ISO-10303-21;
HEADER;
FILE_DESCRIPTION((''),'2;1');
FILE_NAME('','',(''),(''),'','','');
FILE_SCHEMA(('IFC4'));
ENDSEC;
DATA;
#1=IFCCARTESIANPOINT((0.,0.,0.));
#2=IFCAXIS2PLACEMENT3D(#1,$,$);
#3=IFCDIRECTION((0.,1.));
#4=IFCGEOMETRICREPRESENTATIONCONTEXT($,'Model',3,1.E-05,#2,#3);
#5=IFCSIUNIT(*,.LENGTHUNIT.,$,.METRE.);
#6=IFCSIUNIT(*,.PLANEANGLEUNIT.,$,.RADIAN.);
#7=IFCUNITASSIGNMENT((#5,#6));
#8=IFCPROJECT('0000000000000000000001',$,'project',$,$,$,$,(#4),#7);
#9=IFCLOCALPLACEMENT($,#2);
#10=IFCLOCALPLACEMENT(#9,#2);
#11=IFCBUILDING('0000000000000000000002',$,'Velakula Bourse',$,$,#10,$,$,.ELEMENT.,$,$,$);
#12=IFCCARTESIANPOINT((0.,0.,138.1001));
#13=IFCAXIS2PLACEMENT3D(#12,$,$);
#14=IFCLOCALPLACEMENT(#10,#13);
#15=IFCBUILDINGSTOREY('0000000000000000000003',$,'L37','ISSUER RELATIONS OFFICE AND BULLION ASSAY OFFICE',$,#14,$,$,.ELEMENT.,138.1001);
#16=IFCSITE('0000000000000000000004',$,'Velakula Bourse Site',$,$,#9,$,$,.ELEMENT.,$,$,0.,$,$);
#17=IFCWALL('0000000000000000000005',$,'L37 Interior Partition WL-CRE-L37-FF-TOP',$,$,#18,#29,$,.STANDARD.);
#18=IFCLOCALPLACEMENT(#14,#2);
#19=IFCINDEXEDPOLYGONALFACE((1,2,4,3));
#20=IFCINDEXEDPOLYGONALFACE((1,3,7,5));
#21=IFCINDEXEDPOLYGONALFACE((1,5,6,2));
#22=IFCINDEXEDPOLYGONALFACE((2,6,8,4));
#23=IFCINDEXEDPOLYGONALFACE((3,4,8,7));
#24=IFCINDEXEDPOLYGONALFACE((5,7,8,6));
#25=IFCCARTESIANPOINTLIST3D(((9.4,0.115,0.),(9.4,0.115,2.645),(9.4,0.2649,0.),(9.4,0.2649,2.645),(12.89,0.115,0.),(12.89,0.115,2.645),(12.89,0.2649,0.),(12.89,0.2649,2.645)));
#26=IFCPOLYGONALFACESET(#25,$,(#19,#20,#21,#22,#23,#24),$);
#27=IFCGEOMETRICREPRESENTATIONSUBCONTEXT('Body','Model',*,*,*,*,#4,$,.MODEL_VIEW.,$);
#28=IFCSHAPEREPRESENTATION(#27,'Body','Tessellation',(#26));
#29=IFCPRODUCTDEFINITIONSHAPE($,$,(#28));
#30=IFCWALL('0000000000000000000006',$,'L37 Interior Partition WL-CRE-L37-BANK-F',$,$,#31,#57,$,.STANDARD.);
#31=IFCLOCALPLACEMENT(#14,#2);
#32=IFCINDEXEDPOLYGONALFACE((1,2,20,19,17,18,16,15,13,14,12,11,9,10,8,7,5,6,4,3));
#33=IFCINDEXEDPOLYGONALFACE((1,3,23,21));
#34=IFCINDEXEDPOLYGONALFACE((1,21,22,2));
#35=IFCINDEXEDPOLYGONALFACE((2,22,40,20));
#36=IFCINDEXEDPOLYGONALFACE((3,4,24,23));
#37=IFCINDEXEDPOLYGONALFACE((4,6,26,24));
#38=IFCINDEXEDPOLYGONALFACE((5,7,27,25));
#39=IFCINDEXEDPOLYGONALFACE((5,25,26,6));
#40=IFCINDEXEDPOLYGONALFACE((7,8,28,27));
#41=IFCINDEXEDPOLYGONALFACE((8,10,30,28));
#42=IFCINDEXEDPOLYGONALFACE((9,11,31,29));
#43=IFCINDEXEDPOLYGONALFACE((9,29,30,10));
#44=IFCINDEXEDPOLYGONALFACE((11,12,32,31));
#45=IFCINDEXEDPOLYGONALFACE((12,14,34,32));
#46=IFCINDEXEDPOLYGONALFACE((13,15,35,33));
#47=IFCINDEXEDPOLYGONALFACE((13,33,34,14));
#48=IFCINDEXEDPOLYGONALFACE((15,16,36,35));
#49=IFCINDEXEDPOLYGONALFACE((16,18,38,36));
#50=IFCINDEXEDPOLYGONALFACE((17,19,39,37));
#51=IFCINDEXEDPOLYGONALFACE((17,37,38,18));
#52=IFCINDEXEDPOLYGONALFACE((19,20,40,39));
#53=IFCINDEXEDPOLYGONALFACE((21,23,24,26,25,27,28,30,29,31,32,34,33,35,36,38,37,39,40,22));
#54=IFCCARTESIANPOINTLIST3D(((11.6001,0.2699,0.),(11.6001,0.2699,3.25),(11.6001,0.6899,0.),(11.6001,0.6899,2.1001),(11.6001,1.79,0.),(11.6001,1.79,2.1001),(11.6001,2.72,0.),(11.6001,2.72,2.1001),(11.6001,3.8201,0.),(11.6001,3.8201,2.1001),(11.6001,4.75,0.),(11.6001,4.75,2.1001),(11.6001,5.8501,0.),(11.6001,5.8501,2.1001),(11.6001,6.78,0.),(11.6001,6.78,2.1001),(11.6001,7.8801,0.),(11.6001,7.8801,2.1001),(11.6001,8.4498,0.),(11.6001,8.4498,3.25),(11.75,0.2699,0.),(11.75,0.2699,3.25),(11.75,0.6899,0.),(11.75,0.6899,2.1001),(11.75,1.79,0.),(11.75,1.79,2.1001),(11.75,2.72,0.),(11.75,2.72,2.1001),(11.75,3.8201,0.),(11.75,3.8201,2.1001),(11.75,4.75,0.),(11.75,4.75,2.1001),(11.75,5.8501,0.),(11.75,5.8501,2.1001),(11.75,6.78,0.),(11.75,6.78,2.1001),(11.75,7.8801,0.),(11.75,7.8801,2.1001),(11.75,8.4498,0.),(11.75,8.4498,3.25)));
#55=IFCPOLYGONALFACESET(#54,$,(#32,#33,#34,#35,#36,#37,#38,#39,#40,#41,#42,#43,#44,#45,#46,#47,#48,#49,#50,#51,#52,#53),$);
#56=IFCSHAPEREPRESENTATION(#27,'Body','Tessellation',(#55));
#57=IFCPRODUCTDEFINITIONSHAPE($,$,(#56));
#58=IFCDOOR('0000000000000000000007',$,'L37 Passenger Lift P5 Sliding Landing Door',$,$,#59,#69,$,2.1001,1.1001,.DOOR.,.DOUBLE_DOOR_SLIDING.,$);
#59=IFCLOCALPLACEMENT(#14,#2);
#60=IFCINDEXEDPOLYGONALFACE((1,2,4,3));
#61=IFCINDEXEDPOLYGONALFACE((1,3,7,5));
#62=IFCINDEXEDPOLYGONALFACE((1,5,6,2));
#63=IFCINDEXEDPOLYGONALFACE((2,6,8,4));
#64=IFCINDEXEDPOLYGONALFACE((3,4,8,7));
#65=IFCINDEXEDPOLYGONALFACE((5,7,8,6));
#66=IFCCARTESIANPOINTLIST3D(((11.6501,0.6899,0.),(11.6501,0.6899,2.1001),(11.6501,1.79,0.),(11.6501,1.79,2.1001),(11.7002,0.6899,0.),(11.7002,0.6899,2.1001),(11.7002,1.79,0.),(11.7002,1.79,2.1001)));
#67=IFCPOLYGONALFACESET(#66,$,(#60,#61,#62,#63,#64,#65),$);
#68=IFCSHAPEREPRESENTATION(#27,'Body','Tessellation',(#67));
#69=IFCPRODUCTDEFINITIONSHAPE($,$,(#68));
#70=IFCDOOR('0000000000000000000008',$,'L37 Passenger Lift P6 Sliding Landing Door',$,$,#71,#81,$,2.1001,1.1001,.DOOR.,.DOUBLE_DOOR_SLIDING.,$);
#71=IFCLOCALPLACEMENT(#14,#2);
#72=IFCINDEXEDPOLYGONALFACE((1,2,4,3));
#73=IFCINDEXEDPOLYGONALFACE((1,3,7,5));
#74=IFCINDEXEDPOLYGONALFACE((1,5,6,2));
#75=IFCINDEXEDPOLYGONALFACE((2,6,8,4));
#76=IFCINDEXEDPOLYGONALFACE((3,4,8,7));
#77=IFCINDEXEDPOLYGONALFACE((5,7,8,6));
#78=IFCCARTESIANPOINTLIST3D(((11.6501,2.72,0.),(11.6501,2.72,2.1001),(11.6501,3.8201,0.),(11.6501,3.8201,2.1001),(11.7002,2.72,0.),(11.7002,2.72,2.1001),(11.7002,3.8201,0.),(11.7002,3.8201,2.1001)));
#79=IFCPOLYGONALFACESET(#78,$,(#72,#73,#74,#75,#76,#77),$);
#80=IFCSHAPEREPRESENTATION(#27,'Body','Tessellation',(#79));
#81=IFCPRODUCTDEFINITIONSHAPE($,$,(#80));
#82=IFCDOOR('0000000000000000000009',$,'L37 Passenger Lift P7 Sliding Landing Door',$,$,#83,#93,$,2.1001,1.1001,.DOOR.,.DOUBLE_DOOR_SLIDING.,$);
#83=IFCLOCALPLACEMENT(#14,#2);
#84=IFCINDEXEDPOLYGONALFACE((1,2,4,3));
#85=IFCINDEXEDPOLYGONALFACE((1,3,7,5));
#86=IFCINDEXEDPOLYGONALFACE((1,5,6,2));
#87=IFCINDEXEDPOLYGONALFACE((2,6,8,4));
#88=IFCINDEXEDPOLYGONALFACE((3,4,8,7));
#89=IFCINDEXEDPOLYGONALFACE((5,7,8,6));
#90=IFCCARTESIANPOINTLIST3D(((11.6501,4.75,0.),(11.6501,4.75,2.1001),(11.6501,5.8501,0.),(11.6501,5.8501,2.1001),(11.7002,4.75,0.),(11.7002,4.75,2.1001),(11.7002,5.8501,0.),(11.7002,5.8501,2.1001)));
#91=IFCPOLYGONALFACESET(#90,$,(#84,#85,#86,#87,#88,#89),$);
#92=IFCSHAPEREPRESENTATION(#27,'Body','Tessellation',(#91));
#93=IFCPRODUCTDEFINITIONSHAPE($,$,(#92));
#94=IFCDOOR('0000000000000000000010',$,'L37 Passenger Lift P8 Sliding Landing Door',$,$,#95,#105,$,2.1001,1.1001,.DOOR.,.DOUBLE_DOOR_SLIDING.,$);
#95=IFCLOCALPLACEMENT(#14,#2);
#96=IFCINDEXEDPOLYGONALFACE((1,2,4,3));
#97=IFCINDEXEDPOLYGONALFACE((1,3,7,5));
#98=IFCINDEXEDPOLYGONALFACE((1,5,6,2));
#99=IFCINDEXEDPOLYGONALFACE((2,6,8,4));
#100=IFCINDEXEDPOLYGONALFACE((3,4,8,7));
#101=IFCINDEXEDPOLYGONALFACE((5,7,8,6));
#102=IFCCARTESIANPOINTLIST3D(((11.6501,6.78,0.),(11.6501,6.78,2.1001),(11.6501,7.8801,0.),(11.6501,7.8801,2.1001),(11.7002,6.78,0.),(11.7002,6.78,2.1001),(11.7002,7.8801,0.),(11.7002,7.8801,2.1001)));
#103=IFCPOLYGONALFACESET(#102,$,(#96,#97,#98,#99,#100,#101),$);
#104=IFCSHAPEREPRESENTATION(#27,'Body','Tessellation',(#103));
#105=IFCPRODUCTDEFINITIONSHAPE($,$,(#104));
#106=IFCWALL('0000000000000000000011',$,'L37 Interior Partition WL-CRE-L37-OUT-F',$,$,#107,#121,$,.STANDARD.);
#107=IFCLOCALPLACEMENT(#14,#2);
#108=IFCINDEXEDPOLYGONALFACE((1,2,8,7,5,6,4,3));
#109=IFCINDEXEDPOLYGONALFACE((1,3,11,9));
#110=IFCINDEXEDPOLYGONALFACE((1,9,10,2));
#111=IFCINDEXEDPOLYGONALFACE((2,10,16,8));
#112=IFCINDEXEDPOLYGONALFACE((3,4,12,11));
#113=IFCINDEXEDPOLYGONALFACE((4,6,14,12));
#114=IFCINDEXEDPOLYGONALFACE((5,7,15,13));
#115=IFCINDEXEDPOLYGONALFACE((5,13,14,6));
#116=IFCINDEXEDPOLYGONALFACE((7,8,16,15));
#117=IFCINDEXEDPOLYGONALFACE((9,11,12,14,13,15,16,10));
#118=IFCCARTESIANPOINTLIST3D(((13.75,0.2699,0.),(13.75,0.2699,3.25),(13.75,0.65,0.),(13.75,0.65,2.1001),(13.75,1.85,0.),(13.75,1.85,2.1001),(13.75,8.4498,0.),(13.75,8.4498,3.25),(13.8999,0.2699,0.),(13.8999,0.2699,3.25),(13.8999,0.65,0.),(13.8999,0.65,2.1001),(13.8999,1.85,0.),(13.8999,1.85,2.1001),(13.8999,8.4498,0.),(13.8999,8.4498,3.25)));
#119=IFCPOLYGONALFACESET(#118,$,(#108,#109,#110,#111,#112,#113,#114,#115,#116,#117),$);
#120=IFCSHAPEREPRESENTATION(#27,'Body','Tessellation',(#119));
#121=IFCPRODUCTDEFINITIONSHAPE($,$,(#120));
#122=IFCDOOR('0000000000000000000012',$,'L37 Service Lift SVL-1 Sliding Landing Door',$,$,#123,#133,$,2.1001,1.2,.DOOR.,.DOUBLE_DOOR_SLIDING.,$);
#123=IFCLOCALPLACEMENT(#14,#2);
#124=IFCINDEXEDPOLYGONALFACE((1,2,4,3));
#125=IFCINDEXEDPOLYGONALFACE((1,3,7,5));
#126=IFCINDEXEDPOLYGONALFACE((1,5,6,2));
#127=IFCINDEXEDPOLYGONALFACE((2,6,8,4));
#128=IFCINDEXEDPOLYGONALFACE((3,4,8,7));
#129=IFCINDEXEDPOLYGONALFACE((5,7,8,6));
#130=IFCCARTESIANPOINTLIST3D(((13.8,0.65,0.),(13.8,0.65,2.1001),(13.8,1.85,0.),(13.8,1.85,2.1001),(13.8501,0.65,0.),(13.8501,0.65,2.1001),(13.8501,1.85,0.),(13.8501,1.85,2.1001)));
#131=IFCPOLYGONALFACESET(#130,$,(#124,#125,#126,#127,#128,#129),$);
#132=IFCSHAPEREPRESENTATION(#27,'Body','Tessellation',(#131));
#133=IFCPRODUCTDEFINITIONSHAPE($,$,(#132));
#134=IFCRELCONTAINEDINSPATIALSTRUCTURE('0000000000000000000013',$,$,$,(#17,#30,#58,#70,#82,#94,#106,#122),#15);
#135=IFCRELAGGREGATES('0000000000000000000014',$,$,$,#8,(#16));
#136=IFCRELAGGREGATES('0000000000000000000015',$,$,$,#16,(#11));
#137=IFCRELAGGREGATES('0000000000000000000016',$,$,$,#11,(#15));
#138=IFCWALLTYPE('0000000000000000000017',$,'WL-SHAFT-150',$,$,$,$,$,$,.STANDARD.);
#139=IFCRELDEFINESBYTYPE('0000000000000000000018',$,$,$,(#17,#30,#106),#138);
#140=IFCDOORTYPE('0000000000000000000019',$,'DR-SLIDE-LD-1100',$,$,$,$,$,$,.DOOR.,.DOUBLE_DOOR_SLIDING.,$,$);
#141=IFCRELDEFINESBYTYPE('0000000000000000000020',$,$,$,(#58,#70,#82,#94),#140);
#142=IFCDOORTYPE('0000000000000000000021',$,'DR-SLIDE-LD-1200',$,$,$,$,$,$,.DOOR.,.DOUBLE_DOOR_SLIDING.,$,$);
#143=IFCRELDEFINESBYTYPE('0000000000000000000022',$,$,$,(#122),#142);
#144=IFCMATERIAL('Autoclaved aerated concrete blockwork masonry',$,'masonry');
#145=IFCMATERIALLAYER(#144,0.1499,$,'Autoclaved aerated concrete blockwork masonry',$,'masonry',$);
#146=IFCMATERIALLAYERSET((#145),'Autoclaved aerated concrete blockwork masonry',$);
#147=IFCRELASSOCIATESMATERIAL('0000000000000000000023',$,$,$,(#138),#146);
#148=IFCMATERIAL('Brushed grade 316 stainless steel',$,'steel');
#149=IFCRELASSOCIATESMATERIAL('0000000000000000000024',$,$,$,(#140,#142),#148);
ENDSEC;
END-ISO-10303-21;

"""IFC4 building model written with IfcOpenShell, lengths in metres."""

from ifc_helpers import new_model, si_unit, direction, frame, frame_2d, origin, place, context, subcontext, project, spatial, rectangle, extrude, material, layer, layer_set, type_object, element, fill, save


model = new_model("IFC4")

# Units and contexts
model_context = context("Model", 3, precision=1e-05, world=origin(), true_north=direction((0.0, 1.0)))
body_context = subcontext(model_context, "Body", "Model", "MODEL_VIEW")
ifc_project = project(units=[si_unit("LENGTHUNIT", "METRE"), si_unit("PLANEANGLEUNIT", "RADIAN")], contexts=[model_context])

# Site, building, storey
site_placement = place(None, origin())
site = spatial("IfcSite", under=ifc_project, at=site_placement, Name="Velakula Bourse Site", CompositionType="ELEMENT", RefElevation=0.0)
building_placement = place(site_placement, origin())
building = spatial("IfcBuilding", under=site, at=building_placement, Name="Velakula Bourse", CompositionType="ELEMENT")
storey_placement = place(building_placement, frame((0.0, 0.0, 138.1001)))
storey = spatial("IfcBuildingStorey", under=building, at=storey_placement, Name="L37", Description="ISSUER RELATIONS OFFICE AND BULLION ASSAY OFFICE", CompositionType="ELEMENT", Elevation=138.1001)

# Wall
ifc_material_1 = material(Name="Autoclaved aerated concrete blockwork masonry", Category="masonry")
ifc_layer_1 = layer(ifc_material_1, 0.1499, Name="Autoclaved aerated concrete blockwork masonry", Category="masonry")
ifc_layer_set_1 = layer_set([ifc_layer_1], Name="Autoclaved aerated concrete blockwork masonry")
wall_type_1 = type_object("IfcWallType", Name="WL-SHAFT-150", PredefinedType="STANDARD", material=ifc_layer_set_1)
wall_1_placement = place(storey_placement, frame((9.3999, 0.1899, 0.0), z_axis=(0.0, 0.0, 1.0), x_axis=(1.0, 0.0, 0.0)))
element("IfcWall", 1, at=wall_1_placement, inside=storey, type_object=wall_type_1, Name="L37 Interior Partition WL-CRE-L37-FF-TOP", PredefinedType="STANDARD", context=body_context, shape_type="SweptSolid", body=[
    extrude(rectangle(XDim=3.49, YDim=0.1499, at=frame_2d((1.7451, 0.0))), origin(), (0.0, 0.0, 1.0), 2.645),
])

# Wall, openings, doors
wall_2_placement = place(storey_placement, frame((11.675, 0.27, 0.0), z_axis=(0.0, 0.0, 1.0), x_axis=(0.0, 1.0, 0.0)))
wall_2 = element("IfcWall", 2, at=wall_2_placement, inside=storey, type_object=wall_type_1, Name="L37 Interior Partition WL-CRE-L37-BANK-F", PredefinedType="STANDARD", context=body_context, shape_type="SweptSolid", body=[
    extrude(rectangle(XDim=8.1799, YDim=0.1499, at=frame_2d((4.0898, 0.0))), origin(), (0.0, 0.0, 1.0), 3.25),
])
opening_1_placement = place(wall_2_placement, frame((0.4199, 0.0, 0.0)))
opening_1 = element("IfcOpeningElement", 3, at=opening_1_placement, cuts=wall_2, PredefinedType="OPENING", context=body_context, shape_type="SweptSolid", body=[
    extrude(rectangle(XDim=1.1001, YDim=2.1001, at=frame_2d((0.55, 1.05))), frame((0.0, 0.085, 0.0), z_axis=(0.0, -1.0, 0.0), x_axis=(1.0, 0.0, 0.0)), (0.0, 0.0, 1.0), 0.1699),
])
opening_2_placement = place(wall_2_placement, frame((2.45, 0.0, 0.0)))
opening_2 = element("IfcOpeningElement", 4, at=opening_2_placement, cuts=wall_2, PredefinedType="OPENING", context=body_context, shape_type="SweptSolid", body=[
    extrude(rectangle(XDim=1.1001, YDim=2.1001, at=frame_2d((0.55, 1.05))), frame((0.0, 0.085, 0.0), z_axis=(0.0, -1.0, 0.0), x_axis=(1.0, 0.0, 0.0)), (0.0, 0.0, 1.0), 0.1699),
])
opening_3_placement = place(wall_2_placement, frame((4.48, 0.0, 0.0)))
opening_3 = element("IfcOpeningElement", 5, at=opening_3_placement, cuts=wall_2, PredefinedType="OPENING", context=body_context, shape_type="SweptSolid", body=[
    extrude(rectangle(XDim=1.1001, YDim=2.1001, at=frame_2d((0.55, 1.05))), frame((0.0, 0.085, 0.0), z_axis=(0.0, -1.0, 0.0), x_axis=(1.0, 0.0, 0.0)), (0.0, 0.0, 1.0), 0.1699),
])
opening_4_placement = place(wall_2_placement, frame((6.51, 0.0, 0.0)))
opening_4 = element("IfcOpeningElement", 6, at=opening_4_placement, cuts=wall_2, PredefinedType="OPENING", context=body_context, shape_type="SweptSolid", body=[
    extrude(rectangle(XDim=1.1001, YDim=2.1001, at=frame_2d((0.55, 1.05))), frame((0.0, 0.085, 0.0), z_axis=(0.0, -1.0, 0.0), x_axis=(1.0, 0.0, 0.0)), (0.0, 0.0, 1.0), 0.1699),
])
ifc_material_2 = material(Name="Brushed grade 316 stainless steel", Category="steel")
door_type_1 = type_object("IfcDoorType", Name="DR-SLIDE-LD-1100", OperationType="DOUBLE_DOOR_SLIDING", PredefinedType="DOOR", material=ifc_material_2)
door_1_placement = place(opening_1_placement, origin())
door_1 = element("IfcDoor", 7, at=door_1_placement, inside=storey, type_object=door_type_1, Name="L37 Passenger Lift P5 Sliding Landing Door", OperationType="DOUBLE_DOOR_SLIDING", OverallHeight=2.1001, OverallWidth=1.1001, PredefinedType="DOOR", context=body_context, shape_type="SweptSolid", body=[
    extrude(rectangle(XDim=1.1001, YDim=2.1001, at=frame_2d((0.55, 1.05))), frame((0.0, 0.0249, 0.0), z_axis=(0.0, -1.0, 0.0), x_axis=(1.0, 0.0, 0.0)), (0.0, 0.0, 1.0), 0.05),
])
fill(opening_1, door_1)
door_2_placement = place(opening_2_placement, origin())
door_2 = element("IfcDoor", 8, at=door_2_placement, inside=storey, type_object=door_type_1, Name="L37 Passenger Lift P6 Sliding Landing Door", OperationType="DOUBLE_DOOR_SLIDING", OverallHeight=2.1001, OverallWidth=1.1001, PredefinedType="DOOR", context=body_context, shape_type="SweptSolid", body=[
    extrude(rectangle(XDim=1.1001, YDim=2.1001, at=frame_2d((0.55, 1.05))), frame((0.0, 0.0249, 0.0), z_axis=(0.0, -1.0, 0.0), x_axis=(1.0, 0.0, 0.0)), (0.0, 0.0, 1.0), 0.05),
])
fill(opening_2, door_2)
door_3_placement = place(opening_3_placement, origin())
door_3 = element("IfcDoor", 9, at=door_3_placement, inside=storey, type_object=door_type_1, Name="L37 Passenger Lift P7 Sliding Landing Door", OperationType="DOUBLE_DOOR_SLIDING", OverallHeight=2.1001, OverallWidth=1.1001, PredefinedType="DOOR", context=body_context, shape_type="SweptSolid", body=[
    extrude(rectangle(XDim=1.1001, YDim=2.1001, at=frame_2d((0.55, 1.05))), frame((0.0, 0.0249, 0.0), z_axis=(0.0, -1.0, 0.0), x_axis=(1.0, 0.0, 0.0)), (0.0, 0.0, 1.0), 0.05),
])
fill(opening_3, door_3)
door_4_placement = place(opening_4_placement, origin())
door_4 = element("IfcDoor", 10, at=door_4_placement, inside=storey, type_object=door_type_1, Name="L37 Passenger Lift P8 Sliding Landing Door", OperationType="DOUBLE_DOOR_SLIDING", OverallHeight=2.1001, OverallWidth=1.1001, PredefinedType="DOOR", context=body_context, shape_type="SweptSolid", body=[
    extrude(rectangle(XDim=1.1001, YDim=2.1001, at=frame_2d((0.55, 1.05))), frame((0.0, 0.0249, 0.0), z_axis=(0.0, -1.0, 0.0), x_axis=(1.0, 0.0, 0.0)), (0.0, 0.0, 1.0), 0.05),
])
fill(opening_4, door_4)

# Wall, opening, door
wall_3_placement = place(storey_placement, frame((13.825, 0.27, 0.0), z_axis=(0.0, 0.0, 1.0), x_axis=(0.0, 1.0, 0.0)))
wall_3 = element("IfcWall", 11, at=wall_3_placement, inside=storey, type_object=wall_type_1, Name="L37 Interior Partition WL-CRE-L37-OUT-F", PredefinedType="STANDARD", context=body_context, shape_type="SweptSolid", body=[
    extrude(rectangle(XDim=8.1799, YDim=0.1499, at=frame_2d((4.0898, 0.0))), origin(), (0.0, 0.0, 1.0), 3.25),
])
opening_5_placement = place(wall_3_placement, frame((0.3799, 0.0, 0.0)))
opening_5 = element("IfcOpeningElement", 12, at=opening_5_placement, cuts=wall_3, PredefinedType="OPENING", context=body_context, shape_type="SweptSolid", body=[
    extrude(rectangle(XDim=1.2, YDim=2.1001, at=frame_2d((0.6001, 1.05))), frame((0.0, 0.085, 0.0), z_axis=(0.0, -1.0, 0.0), x_axis=(1.0, 0.0, 0.0)), (0.0, 0.0, 1.0), 0.1699),
])
door_type_2 = type_object("IfcDoorType", Name="DR-SLIDE-LD-1200", OperationType="DOUBLE_DOOR_SLIDING", PredefinedType="DOOR", material=ifc_material_2)
door_5_placement = place(opening_5_placement, origin())
door_5 = element("IfcDoor", 13, at=door_5_placement, inside=storey, type_object=door_type_2, Name="L37 Service Lift SVL-1 Sliding Landing Door", OperationType="DOUBLE_DOOR_SLIDING", OverallHeight=2.1001, OverallWidth=1.2, PredefinedType="DOOR", context=body_context, shape_type="SweptSolid", body=[
    extrude(rectangle(XDim=1.2, YDim=2.1001, at=frame_2d((0.6001, 1.05))), frame((0.0, 0.0249, 0.0), z_axis=(0.0, -1.0, 0.0), x_axis=(1.0, 0.0, 0.0)), (0.0, 0.0, 1.0), 0.05),
])
fill(opening_5, door_5)

save(model, "model.ifc")
